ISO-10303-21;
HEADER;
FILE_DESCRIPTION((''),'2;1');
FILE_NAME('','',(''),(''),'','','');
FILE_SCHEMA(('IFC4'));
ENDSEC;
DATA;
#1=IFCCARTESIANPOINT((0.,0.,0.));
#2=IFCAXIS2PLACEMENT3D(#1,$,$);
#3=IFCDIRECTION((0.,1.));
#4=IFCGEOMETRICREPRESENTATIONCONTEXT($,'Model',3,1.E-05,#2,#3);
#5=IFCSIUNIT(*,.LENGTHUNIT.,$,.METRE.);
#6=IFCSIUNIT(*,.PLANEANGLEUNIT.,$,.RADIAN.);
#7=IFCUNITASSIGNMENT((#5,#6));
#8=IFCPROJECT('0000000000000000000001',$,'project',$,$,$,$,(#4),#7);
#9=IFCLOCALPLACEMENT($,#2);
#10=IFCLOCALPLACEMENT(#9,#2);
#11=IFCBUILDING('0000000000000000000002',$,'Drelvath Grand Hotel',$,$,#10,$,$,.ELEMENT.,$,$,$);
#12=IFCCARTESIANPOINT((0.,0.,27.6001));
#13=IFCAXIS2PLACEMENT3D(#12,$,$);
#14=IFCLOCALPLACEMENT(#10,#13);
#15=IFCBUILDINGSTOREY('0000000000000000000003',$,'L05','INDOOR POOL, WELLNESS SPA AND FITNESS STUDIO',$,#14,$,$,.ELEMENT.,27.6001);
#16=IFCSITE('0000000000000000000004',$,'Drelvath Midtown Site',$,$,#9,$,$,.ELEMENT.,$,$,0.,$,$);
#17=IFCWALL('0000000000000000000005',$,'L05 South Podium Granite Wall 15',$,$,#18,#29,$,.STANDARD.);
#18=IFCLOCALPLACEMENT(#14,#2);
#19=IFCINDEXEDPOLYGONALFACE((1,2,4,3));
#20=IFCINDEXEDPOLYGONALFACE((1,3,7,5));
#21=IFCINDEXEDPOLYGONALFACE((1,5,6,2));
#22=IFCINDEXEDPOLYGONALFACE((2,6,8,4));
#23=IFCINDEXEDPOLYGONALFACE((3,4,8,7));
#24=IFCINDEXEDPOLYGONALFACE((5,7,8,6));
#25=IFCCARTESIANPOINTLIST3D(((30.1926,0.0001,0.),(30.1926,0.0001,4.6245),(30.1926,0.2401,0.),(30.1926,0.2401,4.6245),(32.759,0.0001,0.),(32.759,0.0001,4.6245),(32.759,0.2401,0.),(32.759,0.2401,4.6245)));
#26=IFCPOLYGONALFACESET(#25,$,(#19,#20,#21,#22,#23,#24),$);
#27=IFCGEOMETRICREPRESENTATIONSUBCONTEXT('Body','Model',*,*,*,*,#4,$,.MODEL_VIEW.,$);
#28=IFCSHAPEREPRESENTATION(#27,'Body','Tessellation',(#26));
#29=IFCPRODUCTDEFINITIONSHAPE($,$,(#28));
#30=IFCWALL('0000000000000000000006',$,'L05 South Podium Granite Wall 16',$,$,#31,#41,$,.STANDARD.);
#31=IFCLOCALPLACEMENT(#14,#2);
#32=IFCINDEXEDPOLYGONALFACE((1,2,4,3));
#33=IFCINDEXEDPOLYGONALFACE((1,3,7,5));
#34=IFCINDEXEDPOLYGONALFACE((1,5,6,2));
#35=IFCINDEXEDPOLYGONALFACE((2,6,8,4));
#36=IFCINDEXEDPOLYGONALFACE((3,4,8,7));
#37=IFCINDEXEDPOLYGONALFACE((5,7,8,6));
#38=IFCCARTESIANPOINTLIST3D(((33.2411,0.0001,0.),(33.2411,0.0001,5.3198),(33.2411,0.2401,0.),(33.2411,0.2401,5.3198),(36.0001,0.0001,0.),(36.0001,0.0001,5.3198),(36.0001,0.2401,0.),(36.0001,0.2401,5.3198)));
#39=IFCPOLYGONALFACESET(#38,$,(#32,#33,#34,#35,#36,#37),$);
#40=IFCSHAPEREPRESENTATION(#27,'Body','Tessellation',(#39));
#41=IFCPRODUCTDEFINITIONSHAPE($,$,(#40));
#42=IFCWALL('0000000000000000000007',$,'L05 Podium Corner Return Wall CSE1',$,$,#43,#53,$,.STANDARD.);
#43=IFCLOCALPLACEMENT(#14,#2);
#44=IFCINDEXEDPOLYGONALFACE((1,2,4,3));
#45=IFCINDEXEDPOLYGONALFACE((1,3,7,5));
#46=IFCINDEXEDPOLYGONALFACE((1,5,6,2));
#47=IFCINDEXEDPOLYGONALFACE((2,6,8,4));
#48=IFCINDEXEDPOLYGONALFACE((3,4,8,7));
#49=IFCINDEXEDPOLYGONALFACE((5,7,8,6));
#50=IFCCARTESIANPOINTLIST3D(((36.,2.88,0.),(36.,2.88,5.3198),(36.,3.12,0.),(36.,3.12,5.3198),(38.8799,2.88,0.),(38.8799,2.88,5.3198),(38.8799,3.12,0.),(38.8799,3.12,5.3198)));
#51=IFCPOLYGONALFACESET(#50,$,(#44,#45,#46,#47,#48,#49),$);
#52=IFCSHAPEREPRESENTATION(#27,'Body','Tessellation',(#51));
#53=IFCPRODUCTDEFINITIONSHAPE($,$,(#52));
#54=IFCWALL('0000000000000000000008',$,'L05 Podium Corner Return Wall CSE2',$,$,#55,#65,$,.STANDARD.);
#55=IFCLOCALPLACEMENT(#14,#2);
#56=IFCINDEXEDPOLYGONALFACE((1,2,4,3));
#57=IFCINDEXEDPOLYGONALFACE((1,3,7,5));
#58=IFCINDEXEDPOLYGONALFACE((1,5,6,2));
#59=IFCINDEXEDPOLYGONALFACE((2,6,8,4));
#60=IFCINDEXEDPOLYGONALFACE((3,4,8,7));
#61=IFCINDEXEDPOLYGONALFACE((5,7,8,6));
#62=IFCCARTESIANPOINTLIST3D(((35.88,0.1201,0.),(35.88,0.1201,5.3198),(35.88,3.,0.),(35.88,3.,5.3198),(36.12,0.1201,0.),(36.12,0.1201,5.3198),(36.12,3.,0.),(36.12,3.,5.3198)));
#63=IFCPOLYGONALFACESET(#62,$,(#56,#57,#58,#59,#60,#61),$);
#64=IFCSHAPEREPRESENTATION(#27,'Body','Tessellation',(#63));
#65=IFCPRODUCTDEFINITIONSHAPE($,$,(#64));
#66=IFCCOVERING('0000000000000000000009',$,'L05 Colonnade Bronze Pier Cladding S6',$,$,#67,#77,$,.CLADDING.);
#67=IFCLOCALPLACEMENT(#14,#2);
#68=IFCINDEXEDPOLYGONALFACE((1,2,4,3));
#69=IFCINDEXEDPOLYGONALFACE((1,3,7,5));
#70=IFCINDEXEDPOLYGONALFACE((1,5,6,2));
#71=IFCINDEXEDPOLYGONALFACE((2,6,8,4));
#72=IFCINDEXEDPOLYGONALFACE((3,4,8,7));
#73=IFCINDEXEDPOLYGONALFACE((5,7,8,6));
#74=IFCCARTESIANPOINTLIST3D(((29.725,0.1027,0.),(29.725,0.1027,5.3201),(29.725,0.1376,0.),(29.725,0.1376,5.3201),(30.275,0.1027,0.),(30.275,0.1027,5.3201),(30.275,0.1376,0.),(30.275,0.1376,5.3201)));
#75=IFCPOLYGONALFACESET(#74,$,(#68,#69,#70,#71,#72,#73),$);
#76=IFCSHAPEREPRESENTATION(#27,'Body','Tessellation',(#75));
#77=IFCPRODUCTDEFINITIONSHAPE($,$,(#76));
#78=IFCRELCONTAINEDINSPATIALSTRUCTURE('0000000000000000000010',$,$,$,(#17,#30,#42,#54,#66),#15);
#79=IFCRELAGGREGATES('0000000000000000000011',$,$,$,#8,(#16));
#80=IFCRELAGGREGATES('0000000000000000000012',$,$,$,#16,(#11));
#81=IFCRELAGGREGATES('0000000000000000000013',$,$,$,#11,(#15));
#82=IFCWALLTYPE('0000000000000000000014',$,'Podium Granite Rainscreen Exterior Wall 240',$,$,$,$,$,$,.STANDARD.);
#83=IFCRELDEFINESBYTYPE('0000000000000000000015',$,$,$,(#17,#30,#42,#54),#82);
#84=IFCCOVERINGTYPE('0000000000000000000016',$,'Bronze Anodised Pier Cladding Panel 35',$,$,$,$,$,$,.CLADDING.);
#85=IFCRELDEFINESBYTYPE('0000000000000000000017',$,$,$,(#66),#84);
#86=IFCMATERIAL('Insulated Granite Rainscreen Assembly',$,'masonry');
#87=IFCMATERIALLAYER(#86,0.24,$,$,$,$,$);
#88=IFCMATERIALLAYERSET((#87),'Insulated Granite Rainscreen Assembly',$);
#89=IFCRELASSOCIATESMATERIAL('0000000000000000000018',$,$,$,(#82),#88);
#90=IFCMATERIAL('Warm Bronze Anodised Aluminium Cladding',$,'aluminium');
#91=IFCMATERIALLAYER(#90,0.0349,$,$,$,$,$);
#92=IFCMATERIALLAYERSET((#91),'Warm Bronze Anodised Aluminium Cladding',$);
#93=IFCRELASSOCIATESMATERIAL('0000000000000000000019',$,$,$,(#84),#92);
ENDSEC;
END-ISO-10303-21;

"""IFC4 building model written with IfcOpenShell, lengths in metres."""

from ifc_helpers import new_model, si_unit, direction, frame, frame_2d, origin, origin_2d, place, context, subcontext, project, spatial, rectangle, extrude, material, layer, layer_set, type_object, element, save


model = new_model("IFC4")

# Units and contexts
model_context = context("Model", 3, precision=1e-05, world=origin(), true_north=direction((0.0, 1.0)))
body_context = subcontext(model_context, "Body", "Model", "MODEL_VIEW")
ifc_project = project(units=[si_unit("LENGTHUNIT", "METRE"), si_unit("PLANEANGLEUNIT", "RADIAN")], contexts=[model_context])

# Site, building, storey
site_placement = place(None, origin())
site = spatial("IfcSite", under=ifc_project, at=site_placement, Name="Drelvath Midtown Site", CompositionType="ELEMENT", RefElevation=0.0)
building_placement = place(site_placement, origin())
building = spatial("IfcBuilding", under=site, at=building_placement, Name="Drelvath Grand Hotel", CompositionType="ELEMENT")
storey_placement = place(building_placement, frame((0.0, 0.0, 27.6001)))
storey = spatial("IfcBuildingStorey", under=building, at=storey_placement, Name="L05", Description="INDOOR POOL, WELLNESS SPA AND FITNESS STUDIO", CompositionType="ELEMENT", Elevation=27.6001)

# Shared definitions
ifc_material_1 = material(Name="Insulated Granite Rainscreen Assembly", Category="masonry")
ifc_layer_1 = layer(ifc_material_1, 0.24)
ifc_layer_set_1 = layer_set([ifc_layer_1], Name="Insulated Granite Rainscreen Assembly")
wall_type = type_object("IfcWallType", Name="Podium Granite Rainscreen Exterior Wall 240", PredefinedType="STANDARD", material=ifc_layer_set_1)

# Walls
for number, where, z_axis, x_axis, name in (
    (1, (32.759, 0.1201, 0.0), (0.0, 0.0, 1.0), (-1.0, 0.0, 0.0), "L05 South Podium Granite Wall 15"),
):
    element("IfcWall", number, at=place(storey_placement, frame(where, z_axis=z_axis, x_axis=x_axis)), inside=storey, type_object=wall_type, Name=name, PredefinedType="STANDARD", context=body_context, shape_type="SweptSolid", body=[
        extrude(rectangle(XDim=2.5664, YDim=0.24, at=frame_2d((1.2832, 0.0))), origin(), (0.0, 0.0, 1.0), 4.6245),
    ])
wall_1_placement = place(storey_placement, frame((36.0, 0.1201, 0.0), z_axis=(0.0, 0.0, 1.0), x_axis=(-1.0, 0.0, 0.0)))
element("IfcWall", 2, at=wall_1_placement, inside=storey, type_object=wall_type, Name="L05 South Podium Granite Wall 16", PredefinedType="STANDARD", context=body_context, shape_type="SweptSolid", body=[
    extrude(rectangle(XDim=2.759, YDim=0.24, at=frame_2d((1.3794, 0.0))), origin(), (0.0, 0.0, 1.0), 5.3198),
])
for number, where, z_axis, x_axis, name in (
    (3, (38.8799, 3.0, 0.0), (0.0, 0.0, 1.0), (-1.0, 0.0, 0.0), "L05 Podium Corner Return Wall CSE1"),
    (4, (36.0, 3.0, 0.0), (0.0, 0.0, 1.0), (0.0, -1.0, 0.0), "L05 Podium Corner Return Wall CSE2"),
):
    element("IfcWall", number, at=place(storey_placement, frame(where, z_axis=z_axis, x_axis=x_axis)), inside=storey, type_object=wall_type, Name=name, PredefinedType="STANDARD", context=body_context, shape_type="SweptSolid", body=[
        extrude(rectangle(XDim=2.8799, YDim=0.24, at=frame_2d((1.4399, 0.0))), origin(), (0.0, 0.0, 1.0), 5.3198),
    ])

# Covering
ifc_material_2 = material(Name="Warm Bronze Anodised Aluminium Cladding", Category="aluminium")
ifc_layer_2 = layer(ifc_material_2, 0.0349)
ifc_layer_set_2 = layer_set([ifc_layer_2], Name="Warm Bronze Anodised Aluminium Cladding")
covering_type = type_object("IfcCoveringType", Name="Bronze Anodised Pier Cladding Panel 35", PredefinedType="CLADDING", material=ifc_layer_set_2)
covering_placement = place(storey_placement, frame((30.0, 0.1201, 0.0), z_axis=(0.0, 0.0, 1.0), x_axis=(1.0, 0.0, 0.0)))
element("IfcCovering", 5, at=covering_placement, inside=storey, type_object=covering_type, Name="L05 Colonnade Bronze Pier Cladding S6", PredefinedType="CLADDING", context=body_context, shape_type="SweptSolid", body=[
    extrude(rectangle(XDim=0.55, YDim=0.0349, at=origin_2d()), origin(), (0.0, 0.0, 1.0), 5.3201),
])

save(model, "model.ifc")
